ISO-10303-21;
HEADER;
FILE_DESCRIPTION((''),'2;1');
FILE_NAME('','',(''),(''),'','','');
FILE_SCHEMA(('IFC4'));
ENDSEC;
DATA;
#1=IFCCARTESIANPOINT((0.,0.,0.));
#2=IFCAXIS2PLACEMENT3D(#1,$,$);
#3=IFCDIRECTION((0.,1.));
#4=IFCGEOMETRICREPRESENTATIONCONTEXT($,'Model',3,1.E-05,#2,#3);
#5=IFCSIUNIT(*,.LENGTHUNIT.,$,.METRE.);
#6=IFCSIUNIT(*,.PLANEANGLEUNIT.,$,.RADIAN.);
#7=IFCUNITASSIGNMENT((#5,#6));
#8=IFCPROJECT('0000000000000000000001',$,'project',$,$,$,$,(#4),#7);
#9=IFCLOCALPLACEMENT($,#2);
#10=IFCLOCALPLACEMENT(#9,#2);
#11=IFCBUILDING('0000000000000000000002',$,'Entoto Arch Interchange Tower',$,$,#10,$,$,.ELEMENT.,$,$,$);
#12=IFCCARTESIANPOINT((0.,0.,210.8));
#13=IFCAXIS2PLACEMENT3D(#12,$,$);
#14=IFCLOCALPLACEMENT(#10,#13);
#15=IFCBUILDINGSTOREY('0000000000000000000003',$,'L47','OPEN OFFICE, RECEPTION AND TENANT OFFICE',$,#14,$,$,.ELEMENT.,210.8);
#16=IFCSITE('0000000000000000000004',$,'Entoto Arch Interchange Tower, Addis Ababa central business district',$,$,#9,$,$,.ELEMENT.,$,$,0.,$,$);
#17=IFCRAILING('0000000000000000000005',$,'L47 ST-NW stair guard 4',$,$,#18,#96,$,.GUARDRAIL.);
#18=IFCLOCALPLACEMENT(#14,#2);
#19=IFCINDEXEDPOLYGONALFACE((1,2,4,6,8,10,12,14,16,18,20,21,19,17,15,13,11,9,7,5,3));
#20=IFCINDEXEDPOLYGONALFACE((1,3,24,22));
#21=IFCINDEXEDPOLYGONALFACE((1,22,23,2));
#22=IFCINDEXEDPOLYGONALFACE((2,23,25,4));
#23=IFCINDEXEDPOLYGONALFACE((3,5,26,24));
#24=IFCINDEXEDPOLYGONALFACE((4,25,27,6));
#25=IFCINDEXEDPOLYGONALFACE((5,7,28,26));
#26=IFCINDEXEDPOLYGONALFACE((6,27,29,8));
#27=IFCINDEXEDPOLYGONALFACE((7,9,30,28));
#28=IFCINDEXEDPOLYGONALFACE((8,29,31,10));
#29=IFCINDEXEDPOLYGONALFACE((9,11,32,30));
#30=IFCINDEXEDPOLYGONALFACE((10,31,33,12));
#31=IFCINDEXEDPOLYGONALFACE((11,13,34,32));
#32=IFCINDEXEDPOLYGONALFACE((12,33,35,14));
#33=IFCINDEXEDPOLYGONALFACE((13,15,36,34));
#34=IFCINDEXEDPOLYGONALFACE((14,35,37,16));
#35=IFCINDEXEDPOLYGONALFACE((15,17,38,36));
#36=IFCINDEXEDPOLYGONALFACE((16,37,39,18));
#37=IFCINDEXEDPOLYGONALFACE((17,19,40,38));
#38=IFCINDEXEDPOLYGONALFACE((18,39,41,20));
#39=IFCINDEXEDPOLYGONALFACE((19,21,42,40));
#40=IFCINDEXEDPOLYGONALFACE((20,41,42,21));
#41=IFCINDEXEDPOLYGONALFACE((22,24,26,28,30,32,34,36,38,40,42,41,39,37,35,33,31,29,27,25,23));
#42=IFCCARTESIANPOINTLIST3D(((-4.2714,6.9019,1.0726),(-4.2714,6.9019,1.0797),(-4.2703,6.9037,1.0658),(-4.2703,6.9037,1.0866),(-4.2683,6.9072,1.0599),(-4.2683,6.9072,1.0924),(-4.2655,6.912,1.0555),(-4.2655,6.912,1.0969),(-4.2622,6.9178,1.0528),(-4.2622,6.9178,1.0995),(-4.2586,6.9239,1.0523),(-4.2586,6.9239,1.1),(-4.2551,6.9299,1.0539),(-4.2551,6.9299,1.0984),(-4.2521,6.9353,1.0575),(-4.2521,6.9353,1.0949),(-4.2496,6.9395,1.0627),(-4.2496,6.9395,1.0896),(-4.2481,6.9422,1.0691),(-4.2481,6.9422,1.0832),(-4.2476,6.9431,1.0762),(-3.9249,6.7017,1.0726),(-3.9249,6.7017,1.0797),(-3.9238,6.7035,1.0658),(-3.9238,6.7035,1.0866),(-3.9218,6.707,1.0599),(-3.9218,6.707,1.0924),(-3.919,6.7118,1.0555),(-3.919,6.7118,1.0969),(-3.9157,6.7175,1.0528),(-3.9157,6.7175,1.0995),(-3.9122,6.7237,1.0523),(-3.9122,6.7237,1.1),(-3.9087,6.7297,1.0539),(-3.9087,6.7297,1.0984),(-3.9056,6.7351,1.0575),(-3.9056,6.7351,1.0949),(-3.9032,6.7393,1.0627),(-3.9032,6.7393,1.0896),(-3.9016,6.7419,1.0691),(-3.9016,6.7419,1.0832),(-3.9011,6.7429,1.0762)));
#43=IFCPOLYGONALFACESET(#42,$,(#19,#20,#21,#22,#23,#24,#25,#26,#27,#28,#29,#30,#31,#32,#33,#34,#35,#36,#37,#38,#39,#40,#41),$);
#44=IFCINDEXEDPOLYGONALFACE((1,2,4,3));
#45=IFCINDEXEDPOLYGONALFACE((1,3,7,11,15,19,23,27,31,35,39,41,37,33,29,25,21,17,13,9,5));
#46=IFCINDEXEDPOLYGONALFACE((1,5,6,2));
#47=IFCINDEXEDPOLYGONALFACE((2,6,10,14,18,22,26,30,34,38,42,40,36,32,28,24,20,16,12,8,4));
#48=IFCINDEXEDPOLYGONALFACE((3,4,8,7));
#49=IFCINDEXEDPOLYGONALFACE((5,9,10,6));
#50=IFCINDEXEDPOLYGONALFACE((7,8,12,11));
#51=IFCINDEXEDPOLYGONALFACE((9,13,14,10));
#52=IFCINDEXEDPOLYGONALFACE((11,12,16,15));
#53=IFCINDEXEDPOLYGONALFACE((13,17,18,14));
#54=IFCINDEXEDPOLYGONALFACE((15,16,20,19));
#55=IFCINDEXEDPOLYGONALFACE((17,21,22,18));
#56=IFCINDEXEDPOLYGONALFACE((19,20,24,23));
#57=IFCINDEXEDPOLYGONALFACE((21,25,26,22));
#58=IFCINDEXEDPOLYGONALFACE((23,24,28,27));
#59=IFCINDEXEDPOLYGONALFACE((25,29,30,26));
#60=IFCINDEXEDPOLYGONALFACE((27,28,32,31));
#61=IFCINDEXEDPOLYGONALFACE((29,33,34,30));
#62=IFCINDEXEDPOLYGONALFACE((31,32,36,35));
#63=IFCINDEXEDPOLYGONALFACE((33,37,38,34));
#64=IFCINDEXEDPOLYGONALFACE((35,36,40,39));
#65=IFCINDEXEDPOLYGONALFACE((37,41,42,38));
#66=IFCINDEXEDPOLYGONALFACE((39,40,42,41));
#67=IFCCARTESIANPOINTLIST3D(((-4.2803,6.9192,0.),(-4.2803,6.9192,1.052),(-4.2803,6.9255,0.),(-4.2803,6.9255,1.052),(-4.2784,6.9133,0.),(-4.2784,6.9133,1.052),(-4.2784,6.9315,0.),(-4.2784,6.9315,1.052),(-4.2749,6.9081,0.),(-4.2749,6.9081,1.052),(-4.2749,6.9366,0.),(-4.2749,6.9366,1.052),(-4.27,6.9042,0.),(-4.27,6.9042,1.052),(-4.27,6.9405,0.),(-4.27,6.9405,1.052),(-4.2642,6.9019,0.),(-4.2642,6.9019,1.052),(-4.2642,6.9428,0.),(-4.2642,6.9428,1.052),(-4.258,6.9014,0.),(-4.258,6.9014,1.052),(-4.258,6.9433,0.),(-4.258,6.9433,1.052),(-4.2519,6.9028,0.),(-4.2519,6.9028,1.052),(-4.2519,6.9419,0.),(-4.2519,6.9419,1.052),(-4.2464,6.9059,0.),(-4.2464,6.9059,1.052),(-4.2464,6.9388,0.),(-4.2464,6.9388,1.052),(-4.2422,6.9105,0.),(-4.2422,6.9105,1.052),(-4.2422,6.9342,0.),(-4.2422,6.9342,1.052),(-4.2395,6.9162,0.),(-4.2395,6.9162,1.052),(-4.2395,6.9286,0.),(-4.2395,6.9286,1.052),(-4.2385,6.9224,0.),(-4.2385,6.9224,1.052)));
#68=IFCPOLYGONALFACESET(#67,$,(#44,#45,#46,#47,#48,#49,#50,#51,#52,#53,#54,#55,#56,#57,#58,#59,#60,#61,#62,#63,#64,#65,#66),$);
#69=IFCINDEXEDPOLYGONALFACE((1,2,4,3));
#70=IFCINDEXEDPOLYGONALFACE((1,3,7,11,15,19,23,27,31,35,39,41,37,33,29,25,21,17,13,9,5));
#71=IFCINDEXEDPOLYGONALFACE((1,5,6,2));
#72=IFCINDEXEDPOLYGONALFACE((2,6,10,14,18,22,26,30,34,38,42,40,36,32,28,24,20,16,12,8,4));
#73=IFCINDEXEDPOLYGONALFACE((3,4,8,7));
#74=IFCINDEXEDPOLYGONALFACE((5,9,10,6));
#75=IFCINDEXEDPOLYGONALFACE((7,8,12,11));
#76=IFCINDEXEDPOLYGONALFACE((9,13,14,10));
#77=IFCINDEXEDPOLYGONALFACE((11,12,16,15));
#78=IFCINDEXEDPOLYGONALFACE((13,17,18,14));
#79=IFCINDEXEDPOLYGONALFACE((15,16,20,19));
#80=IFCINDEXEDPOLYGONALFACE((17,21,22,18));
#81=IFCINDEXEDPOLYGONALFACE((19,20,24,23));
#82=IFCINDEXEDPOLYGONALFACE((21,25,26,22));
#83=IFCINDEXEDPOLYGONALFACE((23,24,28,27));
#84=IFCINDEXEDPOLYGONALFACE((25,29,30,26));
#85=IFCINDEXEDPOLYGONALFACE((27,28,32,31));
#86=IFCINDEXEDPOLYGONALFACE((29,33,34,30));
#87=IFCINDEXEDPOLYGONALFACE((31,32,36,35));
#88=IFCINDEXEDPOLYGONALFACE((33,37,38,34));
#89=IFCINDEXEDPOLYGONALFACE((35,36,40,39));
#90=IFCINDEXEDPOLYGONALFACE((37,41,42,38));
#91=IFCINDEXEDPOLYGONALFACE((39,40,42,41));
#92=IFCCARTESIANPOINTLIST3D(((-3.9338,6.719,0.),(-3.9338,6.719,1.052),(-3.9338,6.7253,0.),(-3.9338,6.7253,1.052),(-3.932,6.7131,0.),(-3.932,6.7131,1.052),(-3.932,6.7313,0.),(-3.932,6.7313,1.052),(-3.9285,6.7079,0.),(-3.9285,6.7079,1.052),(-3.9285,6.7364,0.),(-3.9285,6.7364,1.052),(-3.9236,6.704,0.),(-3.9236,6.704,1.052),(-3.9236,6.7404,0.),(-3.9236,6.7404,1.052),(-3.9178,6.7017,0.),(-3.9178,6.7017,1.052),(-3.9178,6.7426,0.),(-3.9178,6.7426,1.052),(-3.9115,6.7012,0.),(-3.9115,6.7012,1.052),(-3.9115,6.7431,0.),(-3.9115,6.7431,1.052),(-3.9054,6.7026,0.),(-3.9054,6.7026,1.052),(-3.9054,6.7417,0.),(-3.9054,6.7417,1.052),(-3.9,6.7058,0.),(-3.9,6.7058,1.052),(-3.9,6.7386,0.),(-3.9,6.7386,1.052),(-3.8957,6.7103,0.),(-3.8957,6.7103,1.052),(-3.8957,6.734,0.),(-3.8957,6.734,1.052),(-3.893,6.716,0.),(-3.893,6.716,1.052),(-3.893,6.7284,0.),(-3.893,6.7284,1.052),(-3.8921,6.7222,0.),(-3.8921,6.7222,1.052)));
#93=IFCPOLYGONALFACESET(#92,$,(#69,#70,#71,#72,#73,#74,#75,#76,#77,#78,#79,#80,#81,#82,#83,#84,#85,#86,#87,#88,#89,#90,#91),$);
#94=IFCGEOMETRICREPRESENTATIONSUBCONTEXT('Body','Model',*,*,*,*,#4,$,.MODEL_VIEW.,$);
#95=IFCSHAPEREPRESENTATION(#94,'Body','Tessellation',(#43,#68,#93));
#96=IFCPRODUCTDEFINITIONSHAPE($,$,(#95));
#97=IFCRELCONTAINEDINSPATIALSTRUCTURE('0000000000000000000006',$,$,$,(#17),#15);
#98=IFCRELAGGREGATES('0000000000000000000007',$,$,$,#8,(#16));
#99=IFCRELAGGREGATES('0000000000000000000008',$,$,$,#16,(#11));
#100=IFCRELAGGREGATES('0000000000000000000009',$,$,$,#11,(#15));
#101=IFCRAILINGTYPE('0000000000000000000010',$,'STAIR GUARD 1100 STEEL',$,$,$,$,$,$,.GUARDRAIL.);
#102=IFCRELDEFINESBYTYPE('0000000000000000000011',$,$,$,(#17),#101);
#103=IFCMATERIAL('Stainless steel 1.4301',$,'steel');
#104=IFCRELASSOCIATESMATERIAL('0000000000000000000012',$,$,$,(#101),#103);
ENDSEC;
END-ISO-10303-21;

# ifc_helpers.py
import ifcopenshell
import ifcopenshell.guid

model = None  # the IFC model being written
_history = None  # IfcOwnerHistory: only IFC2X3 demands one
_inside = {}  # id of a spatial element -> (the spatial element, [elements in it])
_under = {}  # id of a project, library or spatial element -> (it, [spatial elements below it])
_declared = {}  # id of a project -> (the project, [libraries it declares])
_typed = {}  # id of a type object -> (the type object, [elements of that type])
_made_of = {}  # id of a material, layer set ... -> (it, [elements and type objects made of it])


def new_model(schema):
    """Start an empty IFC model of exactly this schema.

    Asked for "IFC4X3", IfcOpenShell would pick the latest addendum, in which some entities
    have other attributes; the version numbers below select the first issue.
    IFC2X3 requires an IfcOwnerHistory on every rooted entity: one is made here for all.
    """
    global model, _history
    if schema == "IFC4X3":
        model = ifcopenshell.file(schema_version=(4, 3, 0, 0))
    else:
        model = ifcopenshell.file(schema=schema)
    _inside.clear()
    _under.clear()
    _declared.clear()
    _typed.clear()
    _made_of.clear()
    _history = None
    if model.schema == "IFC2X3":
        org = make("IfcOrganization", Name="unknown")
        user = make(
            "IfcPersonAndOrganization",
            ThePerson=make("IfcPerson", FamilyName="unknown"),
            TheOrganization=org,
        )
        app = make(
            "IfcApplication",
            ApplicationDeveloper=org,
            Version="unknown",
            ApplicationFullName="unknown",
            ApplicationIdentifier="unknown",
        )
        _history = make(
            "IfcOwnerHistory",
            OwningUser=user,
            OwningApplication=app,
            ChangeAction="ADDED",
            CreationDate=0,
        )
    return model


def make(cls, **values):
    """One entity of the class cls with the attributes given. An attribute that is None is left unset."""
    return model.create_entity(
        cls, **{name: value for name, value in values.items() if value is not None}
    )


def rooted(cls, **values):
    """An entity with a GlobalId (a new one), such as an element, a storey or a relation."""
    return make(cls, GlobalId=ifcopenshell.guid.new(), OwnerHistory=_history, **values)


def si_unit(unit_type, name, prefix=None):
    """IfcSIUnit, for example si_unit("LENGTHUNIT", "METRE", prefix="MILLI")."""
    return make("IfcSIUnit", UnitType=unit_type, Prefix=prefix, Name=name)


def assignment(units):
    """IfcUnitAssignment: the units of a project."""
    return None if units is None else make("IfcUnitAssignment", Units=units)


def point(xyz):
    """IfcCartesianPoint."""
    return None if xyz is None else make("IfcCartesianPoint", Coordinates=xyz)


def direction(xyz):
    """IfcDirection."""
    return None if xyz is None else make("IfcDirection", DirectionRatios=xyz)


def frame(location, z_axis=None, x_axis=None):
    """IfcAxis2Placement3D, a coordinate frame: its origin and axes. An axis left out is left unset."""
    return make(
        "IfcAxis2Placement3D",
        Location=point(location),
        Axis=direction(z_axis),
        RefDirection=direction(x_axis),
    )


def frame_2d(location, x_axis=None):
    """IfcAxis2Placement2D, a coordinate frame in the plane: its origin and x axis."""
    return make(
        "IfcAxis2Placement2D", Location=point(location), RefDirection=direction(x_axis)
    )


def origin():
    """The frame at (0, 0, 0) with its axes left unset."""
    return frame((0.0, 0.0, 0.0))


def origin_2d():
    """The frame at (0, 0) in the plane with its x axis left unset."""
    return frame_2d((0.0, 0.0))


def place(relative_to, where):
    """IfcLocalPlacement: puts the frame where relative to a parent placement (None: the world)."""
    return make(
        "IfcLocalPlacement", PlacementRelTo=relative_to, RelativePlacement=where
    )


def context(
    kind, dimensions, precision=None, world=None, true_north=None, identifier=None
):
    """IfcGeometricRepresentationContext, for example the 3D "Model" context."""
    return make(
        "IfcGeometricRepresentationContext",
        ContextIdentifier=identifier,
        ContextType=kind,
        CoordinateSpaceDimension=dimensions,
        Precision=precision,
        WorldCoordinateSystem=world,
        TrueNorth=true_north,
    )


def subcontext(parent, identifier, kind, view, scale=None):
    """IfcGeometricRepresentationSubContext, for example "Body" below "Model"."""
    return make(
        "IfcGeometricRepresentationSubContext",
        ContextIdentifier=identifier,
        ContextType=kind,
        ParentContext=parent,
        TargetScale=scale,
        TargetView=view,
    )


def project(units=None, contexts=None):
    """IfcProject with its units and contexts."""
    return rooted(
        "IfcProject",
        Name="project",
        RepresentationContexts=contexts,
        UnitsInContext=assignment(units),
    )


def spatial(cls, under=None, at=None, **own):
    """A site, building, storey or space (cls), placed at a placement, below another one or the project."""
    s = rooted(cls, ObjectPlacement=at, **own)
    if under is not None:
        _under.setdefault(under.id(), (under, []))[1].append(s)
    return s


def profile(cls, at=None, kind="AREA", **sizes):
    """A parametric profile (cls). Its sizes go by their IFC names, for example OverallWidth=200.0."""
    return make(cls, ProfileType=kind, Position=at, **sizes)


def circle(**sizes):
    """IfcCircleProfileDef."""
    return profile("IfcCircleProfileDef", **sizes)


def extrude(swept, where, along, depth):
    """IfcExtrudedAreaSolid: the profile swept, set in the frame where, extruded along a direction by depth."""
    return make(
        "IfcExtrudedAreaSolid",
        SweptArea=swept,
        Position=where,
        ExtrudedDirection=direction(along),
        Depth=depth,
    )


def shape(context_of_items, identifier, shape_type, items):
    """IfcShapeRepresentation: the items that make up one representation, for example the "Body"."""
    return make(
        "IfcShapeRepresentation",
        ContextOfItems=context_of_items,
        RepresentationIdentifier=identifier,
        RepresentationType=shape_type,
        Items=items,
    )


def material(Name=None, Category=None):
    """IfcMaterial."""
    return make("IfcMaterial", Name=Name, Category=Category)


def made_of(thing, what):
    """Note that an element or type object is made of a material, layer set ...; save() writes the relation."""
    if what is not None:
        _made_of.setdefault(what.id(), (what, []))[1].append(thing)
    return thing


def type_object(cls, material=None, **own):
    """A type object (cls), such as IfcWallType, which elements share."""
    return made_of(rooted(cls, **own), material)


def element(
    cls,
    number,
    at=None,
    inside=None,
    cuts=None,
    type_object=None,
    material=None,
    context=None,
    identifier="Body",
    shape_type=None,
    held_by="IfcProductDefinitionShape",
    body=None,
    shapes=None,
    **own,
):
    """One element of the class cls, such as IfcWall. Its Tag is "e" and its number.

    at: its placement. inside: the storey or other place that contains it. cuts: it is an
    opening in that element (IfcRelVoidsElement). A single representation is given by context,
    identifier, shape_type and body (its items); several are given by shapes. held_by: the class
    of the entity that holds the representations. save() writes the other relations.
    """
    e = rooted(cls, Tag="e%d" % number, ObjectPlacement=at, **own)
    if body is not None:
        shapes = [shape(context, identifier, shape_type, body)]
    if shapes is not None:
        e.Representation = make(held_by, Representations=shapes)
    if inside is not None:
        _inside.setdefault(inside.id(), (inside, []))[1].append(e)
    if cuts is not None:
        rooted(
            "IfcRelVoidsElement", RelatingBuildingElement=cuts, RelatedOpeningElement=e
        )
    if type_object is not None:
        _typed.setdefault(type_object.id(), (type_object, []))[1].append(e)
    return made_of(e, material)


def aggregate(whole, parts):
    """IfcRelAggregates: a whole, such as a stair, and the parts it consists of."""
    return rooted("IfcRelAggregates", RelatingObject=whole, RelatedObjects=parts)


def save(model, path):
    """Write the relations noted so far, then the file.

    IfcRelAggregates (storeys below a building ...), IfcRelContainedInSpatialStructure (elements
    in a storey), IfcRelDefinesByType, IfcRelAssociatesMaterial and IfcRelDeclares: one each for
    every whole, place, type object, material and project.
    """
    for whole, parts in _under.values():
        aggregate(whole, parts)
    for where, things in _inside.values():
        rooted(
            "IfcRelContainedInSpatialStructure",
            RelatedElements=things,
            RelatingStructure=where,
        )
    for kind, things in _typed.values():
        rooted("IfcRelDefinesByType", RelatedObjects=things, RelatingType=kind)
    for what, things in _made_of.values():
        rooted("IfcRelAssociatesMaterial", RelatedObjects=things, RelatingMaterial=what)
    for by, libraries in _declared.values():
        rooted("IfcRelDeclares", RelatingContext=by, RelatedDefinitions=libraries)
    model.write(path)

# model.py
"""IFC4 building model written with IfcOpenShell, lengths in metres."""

from ifc_helpers import new_model, si_unit, direction, frame, origin, origin_2d, place, context, subcontext, project, spatial, circle, extrude, material, type_object, element, save


model = new_model("IFC4")

# Units and contexts
model_context = context("Model", 3, precision=1e-05, world=origin(), true_north=direction((0.0, 1.0)))
body_context = subcontext(model_context, "Body", "Model", "MODEL_VIEW")
ifc_project = project(units=[si_unit("LENGTHUNIT", "METRE"), si_unit("PLANEANGLEUNIT", "RADIAN")], contexts=[model_context])

# Site, building, storey
site_placement = place(None, origin())
site = spatial("IfcSite", under=ifc_project, at=site_placement, Name="Entoto Arch Interchange Tower, Addis Ababa central business district", CompositionType="ELEMENT", RefElevation=0.0)
building_placement = place(site_placement, origin())
building = spatial("IfcBuilding", under=site, at=building_placement, Name="Entoto Arch Interchange Tower", CompositionType="ELEMENT")
storey_placement = place(building_placement, frame((0.0, 0.0, 210.8)))
storey = spatial("IfcBuildingStorey", under=building, at=storey_placement, Name="L47", Description="OPEN OFFICE, RECEPTION AND TENANT OFFICE", CompositionType="ELEMENT", Elevation=210.8)

# Railing
ifc_material_1 = material(Name="Stainless steel 1.4301", Category="steel")
railing_type_1 = type_object("IfcRailingType", Name="STAIR GUARD 1100 STEEL", PredefinedType="GUARDRAIL", material=ifc_material_1)
railing_1_placement = place(storey_placement, frame((-4.2595, 6.9224, 0.0)))
element("IfcRailing", 1, at=railing_1_placement, inside=storey, type_object=railing_type_1, Name="L47 ST-NW stair guard 4", PredefinedType="GUARDRAIL", context=body_context, shape_type="SweptSolid", body=[
    extrude(circle(Radius=0.0239, at=origin_2d()), frame((0.0, 0.0, 1.0762), z_axis=(0.86583, -0.500339, 0.0), x_axis=(0.500339, 0.86583, 0.0)), (0.0, 0.0, 1.0), 0.4001),
    extrude(circle(Radius=0.021, at=origin_2d()), origin(), (0.0, 0.0, 1.0), 1.052),
    extrude(circle(Radius=0.021, at=origin_2d()), frame((0.3464, -0.2002, 0.0)), (0.0, 0.0, 1.0), 1.052),
])

save(model, "model.ifc")
